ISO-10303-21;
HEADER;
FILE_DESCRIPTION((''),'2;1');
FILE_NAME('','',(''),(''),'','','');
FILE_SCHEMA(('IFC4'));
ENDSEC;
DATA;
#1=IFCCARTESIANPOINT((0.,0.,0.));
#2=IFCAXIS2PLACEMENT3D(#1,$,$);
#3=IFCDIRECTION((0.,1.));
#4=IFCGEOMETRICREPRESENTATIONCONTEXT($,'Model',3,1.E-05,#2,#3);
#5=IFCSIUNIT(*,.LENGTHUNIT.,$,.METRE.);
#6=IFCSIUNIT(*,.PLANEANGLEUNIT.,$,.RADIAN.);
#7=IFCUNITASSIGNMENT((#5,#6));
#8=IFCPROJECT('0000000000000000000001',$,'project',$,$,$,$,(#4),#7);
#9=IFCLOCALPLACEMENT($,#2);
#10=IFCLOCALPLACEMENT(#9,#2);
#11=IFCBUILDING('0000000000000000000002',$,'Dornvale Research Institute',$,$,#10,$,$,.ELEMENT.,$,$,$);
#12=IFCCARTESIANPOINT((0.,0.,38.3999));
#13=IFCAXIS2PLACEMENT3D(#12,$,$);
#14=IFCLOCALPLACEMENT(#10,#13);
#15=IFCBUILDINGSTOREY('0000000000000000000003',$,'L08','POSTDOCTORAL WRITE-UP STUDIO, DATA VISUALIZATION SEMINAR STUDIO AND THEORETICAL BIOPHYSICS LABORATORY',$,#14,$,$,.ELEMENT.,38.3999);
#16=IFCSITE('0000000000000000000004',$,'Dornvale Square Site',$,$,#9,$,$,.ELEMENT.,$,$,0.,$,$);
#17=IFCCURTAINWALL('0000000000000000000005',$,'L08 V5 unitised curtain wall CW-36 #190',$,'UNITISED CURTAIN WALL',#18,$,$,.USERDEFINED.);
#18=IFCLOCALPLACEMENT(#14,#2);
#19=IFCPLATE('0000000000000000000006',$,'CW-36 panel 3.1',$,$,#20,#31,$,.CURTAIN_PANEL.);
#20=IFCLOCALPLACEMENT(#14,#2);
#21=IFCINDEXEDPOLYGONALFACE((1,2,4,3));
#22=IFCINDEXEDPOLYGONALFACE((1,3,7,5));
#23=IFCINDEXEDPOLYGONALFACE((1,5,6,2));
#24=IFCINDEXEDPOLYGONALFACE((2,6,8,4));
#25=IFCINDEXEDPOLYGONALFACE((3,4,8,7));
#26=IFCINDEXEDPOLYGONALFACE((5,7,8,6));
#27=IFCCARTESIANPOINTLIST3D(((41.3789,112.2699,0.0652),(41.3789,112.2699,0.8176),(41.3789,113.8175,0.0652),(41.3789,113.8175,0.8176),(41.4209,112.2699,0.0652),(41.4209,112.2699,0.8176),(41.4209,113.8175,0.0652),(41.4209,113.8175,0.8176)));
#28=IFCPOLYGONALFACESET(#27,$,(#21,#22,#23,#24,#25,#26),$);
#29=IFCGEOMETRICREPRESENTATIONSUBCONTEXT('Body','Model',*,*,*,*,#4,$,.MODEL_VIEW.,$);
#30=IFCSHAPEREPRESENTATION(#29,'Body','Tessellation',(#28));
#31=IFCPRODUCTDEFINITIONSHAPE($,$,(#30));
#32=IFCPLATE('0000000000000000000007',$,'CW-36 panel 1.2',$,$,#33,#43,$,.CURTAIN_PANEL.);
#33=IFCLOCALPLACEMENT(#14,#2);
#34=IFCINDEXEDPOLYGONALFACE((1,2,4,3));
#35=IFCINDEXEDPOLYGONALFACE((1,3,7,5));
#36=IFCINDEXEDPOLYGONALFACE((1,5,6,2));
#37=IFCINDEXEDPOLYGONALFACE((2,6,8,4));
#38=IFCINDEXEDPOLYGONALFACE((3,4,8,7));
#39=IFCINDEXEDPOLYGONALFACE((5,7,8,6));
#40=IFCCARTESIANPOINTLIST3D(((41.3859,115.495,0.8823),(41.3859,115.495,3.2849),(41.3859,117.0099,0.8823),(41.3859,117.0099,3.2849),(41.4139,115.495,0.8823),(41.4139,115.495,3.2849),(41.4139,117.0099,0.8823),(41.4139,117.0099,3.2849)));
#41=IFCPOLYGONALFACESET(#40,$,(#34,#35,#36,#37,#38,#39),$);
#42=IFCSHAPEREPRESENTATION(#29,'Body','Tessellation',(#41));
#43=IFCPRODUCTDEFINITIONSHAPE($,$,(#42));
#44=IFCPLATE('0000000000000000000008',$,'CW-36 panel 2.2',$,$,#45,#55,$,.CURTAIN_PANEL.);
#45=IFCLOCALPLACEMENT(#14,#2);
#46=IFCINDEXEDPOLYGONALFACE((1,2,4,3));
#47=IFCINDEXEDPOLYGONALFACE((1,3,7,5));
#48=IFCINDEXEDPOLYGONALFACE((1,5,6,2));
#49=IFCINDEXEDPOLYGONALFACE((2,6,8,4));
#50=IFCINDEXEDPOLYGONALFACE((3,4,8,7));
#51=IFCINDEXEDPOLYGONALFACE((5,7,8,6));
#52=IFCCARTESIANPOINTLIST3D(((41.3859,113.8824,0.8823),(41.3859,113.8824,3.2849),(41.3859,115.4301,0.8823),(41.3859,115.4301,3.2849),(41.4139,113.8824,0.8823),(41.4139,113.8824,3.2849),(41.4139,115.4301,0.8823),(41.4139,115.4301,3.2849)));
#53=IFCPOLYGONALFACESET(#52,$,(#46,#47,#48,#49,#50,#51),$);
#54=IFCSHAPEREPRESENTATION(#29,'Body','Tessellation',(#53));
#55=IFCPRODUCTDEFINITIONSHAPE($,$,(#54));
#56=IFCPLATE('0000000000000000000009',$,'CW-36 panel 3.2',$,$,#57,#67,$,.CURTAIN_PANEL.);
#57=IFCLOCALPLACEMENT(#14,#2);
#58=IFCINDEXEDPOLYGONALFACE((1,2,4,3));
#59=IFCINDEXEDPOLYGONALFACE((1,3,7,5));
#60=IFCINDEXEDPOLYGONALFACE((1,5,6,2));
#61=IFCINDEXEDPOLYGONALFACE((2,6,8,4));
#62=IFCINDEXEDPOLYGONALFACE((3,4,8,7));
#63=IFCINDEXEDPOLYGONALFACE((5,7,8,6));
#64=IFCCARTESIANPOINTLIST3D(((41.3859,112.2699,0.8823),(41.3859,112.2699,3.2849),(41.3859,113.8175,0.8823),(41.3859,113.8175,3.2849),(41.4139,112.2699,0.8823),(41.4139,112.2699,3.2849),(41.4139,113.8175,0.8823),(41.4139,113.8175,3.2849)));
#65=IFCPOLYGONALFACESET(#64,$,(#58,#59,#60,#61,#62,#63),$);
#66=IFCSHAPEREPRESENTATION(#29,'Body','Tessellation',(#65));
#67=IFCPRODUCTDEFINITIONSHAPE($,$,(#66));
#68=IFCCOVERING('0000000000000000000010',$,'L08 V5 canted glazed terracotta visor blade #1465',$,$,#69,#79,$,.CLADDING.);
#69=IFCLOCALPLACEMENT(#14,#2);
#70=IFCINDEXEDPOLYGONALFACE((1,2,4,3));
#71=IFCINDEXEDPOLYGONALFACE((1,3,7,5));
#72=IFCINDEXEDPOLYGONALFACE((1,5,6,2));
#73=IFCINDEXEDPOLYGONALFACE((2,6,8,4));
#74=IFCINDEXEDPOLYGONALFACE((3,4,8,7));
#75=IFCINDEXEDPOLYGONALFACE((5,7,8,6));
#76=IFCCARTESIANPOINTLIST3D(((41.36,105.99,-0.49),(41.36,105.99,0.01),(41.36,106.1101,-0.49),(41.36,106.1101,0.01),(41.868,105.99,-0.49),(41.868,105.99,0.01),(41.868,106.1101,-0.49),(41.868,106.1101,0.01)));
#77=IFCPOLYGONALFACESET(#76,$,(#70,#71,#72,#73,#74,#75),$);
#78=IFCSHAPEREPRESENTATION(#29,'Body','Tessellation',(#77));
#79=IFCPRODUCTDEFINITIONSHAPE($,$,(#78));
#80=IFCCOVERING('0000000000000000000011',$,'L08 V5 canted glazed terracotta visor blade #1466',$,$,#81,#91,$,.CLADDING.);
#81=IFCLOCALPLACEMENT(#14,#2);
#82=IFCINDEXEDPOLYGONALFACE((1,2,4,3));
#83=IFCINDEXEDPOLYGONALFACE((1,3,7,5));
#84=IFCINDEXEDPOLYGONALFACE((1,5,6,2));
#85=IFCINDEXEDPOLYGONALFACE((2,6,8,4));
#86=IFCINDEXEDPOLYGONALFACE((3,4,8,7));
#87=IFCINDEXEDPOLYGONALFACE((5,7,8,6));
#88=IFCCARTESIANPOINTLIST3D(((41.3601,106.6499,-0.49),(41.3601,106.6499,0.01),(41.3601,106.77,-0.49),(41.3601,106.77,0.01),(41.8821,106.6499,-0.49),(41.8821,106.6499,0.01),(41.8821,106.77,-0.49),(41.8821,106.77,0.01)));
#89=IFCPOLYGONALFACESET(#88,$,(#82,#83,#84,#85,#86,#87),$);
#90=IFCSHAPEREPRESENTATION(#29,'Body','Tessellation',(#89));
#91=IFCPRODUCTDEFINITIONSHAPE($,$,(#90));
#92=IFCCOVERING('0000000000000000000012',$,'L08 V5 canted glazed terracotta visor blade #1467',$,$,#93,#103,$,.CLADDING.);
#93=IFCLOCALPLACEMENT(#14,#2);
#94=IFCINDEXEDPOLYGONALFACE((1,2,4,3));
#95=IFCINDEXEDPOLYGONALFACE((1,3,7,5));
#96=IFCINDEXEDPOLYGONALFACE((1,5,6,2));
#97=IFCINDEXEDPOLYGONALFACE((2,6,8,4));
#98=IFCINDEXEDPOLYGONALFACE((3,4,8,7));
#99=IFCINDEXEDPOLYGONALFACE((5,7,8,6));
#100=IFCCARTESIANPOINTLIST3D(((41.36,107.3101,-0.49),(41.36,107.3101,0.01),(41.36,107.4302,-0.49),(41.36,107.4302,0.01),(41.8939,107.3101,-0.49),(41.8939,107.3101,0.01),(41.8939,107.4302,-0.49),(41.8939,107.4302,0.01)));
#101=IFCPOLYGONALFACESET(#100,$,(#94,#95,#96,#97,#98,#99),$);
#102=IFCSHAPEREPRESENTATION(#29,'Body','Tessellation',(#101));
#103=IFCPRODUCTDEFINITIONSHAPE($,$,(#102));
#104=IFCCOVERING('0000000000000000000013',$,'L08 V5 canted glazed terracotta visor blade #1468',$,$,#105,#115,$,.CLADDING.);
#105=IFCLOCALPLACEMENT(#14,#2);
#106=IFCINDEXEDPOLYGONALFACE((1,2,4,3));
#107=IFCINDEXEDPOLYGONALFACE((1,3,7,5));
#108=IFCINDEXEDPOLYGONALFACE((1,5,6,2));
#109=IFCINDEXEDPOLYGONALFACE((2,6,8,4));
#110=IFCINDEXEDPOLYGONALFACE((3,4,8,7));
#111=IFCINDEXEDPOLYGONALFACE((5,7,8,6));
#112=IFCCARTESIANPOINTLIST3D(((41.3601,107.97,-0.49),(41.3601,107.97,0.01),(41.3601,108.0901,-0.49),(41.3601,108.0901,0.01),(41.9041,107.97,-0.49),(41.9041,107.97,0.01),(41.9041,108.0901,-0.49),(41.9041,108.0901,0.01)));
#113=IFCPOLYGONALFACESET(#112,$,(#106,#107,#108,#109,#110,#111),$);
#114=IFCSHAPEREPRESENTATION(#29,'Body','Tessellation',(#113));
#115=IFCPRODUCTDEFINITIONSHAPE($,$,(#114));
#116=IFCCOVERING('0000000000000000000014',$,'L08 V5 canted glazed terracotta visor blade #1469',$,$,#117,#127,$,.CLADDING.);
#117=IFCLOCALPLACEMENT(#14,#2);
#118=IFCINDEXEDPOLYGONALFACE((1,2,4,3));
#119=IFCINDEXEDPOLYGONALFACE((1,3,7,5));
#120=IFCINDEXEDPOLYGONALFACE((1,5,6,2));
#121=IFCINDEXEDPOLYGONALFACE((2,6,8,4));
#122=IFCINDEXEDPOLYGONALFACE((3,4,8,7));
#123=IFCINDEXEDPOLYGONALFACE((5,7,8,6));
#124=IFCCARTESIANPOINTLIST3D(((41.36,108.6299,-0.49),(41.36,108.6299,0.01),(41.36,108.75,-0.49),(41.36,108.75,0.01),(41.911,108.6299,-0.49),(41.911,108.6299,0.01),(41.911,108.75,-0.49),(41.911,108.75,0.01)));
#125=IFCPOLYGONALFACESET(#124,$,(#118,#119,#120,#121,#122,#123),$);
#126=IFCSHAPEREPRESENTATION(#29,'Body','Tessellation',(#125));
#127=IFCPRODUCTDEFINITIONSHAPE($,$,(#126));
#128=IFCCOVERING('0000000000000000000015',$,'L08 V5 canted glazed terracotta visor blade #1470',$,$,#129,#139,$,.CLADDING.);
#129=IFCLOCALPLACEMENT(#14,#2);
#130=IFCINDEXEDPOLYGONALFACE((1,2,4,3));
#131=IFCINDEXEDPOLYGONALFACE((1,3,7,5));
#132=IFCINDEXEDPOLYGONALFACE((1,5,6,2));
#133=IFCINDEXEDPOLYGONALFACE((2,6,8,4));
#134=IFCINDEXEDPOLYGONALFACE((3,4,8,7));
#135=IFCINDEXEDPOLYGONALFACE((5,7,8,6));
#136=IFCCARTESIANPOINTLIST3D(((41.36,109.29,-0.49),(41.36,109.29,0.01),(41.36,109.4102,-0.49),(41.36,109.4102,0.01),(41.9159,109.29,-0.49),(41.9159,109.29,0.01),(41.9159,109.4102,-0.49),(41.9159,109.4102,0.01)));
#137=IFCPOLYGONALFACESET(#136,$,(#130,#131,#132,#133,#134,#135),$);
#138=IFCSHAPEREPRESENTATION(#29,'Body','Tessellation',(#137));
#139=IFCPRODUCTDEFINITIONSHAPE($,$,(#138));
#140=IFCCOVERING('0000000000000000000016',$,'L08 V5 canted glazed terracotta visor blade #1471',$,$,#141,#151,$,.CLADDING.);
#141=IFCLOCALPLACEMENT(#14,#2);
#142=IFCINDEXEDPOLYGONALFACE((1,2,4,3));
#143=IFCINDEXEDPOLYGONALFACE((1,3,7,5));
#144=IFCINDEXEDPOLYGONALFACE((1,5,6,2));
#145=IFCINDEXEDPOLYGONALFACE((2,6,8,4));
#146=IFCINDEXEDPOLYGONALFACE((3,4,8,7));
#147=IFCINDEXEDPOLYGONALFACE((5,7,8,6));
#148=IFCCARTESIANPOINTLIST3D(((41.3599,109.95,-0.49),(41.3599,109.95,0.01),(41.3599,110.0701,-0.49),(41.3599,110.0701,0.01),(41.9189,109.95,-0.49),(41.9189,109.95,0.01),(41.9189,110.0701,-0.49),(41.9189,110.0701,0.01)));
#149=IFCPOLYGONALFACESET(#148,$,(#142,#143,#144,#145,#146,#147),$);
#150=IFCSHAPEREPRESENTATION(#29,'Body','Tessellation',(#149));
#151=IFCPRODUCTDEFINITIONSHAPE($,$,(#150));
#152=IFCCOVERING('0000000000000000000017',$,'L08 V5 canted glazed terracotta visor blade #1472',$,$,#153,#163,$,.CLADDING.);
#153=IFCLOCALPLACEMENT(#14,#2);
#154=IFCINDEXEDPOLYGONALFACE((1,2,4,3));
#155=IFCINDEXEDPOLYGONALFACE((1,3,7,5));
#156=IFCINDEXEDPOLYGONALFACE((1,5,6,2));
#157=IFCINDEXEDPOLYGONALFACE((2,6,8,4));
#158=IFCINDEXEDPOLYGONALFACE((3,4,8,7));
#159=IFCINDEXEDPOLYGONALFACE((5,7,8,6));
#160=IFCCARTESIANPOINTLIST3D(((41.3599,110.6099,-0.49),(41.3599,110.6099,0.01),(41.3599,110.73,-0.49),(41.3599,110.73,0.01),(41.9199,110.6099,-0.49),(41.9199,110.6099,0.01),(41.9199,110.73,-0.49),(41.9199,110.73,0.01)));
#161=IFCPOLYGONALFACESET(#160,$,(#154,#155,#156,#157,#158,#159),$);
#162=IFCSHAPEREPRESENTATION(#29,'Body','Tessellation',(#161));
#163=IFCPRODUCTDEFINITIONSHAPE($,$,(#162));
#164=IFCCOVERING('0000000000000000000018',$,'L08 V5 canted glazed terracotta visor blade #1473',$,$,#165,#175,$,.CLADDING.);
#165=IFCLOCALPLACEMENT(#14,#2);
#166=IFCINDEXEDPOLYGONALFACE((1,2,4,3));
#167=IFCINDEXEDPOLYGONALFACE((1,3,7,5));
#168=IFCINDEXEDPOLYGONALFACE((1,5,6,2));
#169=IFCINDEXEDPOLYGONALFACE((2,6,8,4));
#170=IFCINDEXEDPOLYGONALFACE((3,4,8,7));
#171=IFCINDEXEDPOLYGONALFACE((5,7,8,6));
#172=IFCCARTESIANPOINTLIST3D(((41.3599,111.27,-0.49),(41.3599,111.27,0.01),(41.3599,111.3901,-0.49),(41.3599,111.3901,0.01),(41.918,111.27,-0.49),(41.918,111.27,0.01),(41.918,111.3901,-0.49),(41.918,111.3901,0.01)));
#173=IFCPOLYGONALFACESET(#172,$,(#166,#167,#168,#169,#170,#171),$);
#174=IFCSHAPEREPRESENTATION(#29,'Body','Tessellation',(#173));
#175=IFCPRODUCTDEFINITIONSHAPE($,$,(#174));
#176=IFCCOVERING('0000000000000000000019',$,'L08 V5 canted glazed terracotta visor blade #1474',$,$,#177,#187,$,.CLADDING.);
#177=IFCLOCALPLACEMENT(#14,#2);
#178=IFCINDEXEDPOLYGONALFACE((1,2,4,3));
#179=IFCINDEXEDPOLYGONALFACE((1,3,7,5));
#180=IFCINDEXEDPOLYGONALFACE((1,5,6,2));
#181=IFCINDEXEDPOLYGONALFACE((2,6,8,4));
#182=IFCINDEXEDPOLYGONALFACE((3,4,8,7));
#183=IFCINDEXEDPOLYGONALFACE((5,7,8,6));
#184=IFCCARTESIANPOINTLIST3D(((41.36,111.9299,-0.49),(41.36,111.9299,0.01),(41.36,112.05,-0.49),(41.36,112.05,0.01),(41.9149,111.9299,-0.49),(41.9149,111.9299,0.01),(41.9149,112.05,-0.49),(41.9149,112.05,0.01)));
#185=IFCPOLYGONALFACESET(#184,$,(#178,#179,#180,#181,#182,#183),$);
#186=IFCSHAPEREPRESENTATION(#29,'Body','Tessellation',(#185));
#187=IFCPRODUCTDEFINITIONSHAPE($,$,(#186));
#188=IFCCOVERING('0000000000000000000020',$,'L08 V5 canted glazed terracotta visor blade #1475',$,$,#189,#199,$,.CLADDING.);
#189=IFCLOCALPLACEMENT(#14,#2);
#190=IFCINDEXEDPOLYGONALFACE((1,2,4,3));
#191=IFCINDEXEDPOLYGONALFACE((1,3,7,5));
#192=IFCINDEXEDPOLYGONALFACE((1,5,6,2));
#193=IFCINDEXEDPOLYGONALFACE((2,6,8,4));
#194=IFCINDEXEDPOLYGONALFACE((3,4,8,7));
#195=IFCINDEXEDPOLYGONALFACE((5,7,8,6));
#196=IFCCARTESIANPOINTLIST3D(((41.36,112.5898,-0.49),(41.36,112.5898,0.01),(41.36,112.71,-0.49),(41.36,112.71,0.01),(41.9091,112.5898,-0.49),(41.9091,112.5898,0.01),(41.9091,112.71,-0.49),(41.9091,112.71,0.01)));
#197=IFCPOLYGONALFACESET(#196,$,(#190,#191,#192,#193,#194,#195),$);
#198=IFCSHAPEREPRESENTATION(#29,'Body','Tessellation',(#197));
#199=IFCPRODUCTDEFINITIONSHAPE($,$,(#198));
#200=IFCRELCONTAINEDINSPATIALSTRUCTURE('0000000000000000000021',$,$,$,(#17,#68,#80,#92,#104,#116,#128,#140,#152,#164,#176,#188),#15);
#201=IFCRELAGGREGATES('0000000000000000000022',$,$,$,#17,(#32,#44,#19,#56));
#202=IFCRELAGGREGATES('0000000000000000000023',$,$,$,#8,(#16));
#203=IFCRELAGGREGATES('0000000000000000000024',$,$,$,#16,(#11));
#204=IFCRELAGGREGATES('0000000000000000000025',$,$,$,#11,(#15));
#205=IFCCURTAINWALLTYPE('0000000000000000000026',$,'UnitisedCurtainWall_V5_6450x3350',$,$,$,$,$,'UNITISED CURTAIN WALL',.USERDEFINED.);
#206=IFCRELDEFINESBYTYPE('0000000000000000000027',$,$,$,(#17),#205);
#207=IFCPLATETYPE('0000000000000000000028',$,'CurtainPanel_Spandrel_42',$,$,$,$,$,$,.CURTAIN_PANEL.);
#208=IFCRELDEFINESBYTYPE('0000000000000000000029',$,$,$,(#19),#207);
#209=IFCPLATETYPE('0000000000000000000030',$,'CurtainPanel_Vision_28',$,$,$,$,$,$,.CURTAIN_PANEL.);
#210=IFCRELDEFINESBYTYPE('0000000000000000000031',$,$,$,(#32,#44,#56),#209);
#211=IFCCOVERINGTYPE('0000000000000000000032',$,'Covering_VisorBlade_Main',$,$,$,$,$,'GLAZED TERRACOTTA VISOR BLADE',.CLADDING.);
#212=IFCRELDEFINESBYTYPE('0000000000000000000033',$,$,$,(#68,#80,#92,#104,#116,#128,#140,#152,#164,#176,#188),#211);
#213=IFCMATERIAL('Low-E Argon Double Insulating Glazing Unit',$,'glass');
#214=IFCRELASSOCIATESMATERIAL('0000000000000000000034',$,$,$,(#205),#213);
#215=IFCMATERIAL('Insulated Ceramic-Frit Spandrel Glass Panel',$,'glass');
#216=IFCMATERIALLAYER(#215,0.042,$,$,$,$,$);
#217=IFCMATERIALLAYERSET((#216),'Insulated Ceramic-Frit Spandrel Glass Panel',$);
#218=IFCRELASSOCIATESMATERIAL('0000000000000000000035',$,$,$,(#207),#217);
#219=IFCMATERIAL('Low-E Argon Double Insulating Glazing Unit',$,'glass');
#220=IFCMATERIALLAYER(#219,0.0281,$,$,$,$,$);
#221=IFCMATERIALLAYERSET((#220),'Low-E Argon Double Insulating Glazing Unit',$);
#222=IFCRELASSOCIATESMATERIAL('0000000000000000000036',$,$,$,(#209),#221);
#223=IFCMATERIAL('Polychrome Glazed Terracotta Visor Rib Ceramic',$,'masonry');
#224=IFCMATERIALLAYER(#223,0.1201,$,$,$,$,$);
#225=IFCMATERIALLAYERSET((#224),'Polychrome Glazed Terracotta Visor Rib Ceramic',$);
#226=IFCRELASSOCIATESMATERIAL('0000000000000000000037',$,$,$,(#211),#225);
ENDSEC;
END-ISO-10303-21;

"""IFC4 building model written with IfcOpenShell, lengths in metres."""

from ifc_helpers import new_model, si_unit, direction, frame, origin, origin_2d, place, context, subcontext, project, spatial, rectangle, extrude, material, layer, layer_set, type_object, element, aggregate, save


model = new_model("IFC4")

# Units and contexts
model_context = context("Model", 3, precision=1e-05, world=origin(), true_north=direction((0.0, 1.0)))
body_context = subcontext(model_context, "Body", "Model", "MODEL_VIEW")
ifc_project = project(units=[si_unit("LENGTHUNIT", "METRE"), si_unit("PLANEANGLEUNIT", "RADIAN")], contexts=[model_context])

# Site, building, storey
site_placement = place(None, origin())
site = spatial("IfcSite", under=ifc_project, at=site_placement, Name="Dornvale Square Site", CompositionType="ELEMENT", RefElevation=0.0)
building_placement = place(site_placement, origin())
building = spatial("IfcBuilding", under=site, at=building_placement, Name="Dornvale Research Institute", CompositionType="ELEMENT")
storey_placement = place(building_placement, frame((0.0, 0.0, 38.3999)))
storey = spatial("IfcBuildingStorey", under=building, at=storey_placement, Name="L08", Description="POSTDOCTORAL WRITE-UP STUDIO, DATA VISUALIZATION SEMINAR STUDIO AND THEORETICAL BIOPHYSICS LABORATORY", CompositionType="ELEMENT", Elevation=38.3999)

# Curtain wall, plates
ifc_material_1 = material(Name="Low-E Argon Double Insulating Glazing Unit", Category="glass")
curtain_wall_type = type_object("IfcCurtainWallType", Name="UnitisedCurtainWall_V5_6450x3350", ElementType="UNITISED CURTAIN WALL", PredefinedType="USERDEFINED", material=ifc_material_1)
curtain_wall_placement = place(storey_placement, origin())
curtain_wall = element("IfcCurtainWall", 1, at=curtain_wall_placement, inside=storey, type_object=curtain_wall_type, Name="L08 V5 unitised curtain wall CW-36 #190", ObjectType="UNITISED CURTAIN WALL", PredefinedType="USERDEFINED")
ifc_material_2 = material(Name="Insulated Ceramic-Frit Spandrel Glass Panel", Category="glass")
ifc_layer_1 = layer(ifc_material_2, 0.042)
ifc_layer_set_1 = layer_set([ifc_layer_1], Name="Insulated Ceramic-Frit Spandrel Glass Panel")
plate_type_1 = type_object("IfcPlateType", Name="CurtainPanel_Spandrel_42", PredefinedType="CURTAIN_PANEL", material=ifc_layer_set_1)
plate_1_placement = place(storey_placement, frame((41.3999, 113.0437, 0.0652), z_axis=(0.0, 0.0, 1.0), x_axis=(0.0, -1.0, 0.0)))
plate_1 = element("IfcPlate", 2, at=plate_1_placement, type_object=plate_type_1, Name="CW-36 panel 3.1", PredefinedType="CURTAIN_PANEL", context=body_context, shape_type="SweptSolid", body=[
    extrude(rectangle(XDim=1.5476, YDim=0.042, at=origin_2d()), origin(), (0.0, 0.0, 1.0), 0.7524),
])
ifc_material_3 = material(Name="Low-E Argon Double Insulating Glazing Unit", Category="glass")
ifc_layer_2 = layer(ifc_material_3, 0.0281)
ifc_layer_set_2 = layer_set([ifc_layer_2], Name="Low-E Argon Double Insulating Glazing Unit")
plate_type_2 = type_object("IfcPlateType", Name="CurtainPanel_Vision_28", PredefinedType="CURTAIN_PANEL", material=ifc_layer_set_2)
plate_2_placement = place(storey_placement, frame((41.3999, 116.2524, 0.8823), z_axis=(0.0, 0.0, 1.0), x_axis=(0.0, -1.0, 0.0)))
plate_2 = element("IfcPlate", 3, at=plate_2_placement, type_object=plate_type_2, Name="CW-36 panel 1.2", PredefinedType="CURTAIN_PANEL", context=body_context, shape_type="SweptSolid", body=[
    extrude(rectangle(XDim=1.5149, YDim=0.0281, at=origin_2d()), origin(), (0.0, 0.0, 1.0), 2.4026),
])
plate_3_placement = place(storey_placement, frame((41.3999, 114.6562, 0.8823), z_axis=(0.0, 0.0, 1.0), x_axis=(0.0, -1.0, 0.0)))
plate_3 = element("IfcPlate", 4, at=plate_3_placement, type_object=plate_type_2, Name="CW-36 panel 2.2", PredefinedType="CURTAIN_PANEL", context=body_context, shape_type="SweptSolid", body=[
    extrude(rectangle(XDim=1.5476, YDim=0.0281, at=origin_2d()), origin(), (0.0, 0.0, 1.0), 2.4026),
])
plate_4_placement = place(storey_placement, frame((41.3999, 113.0437, 0.8823), z_axis=(0.0, 0.0, 1.0), x_axis=(0.0, -1.0, 0.0)))
plate_4 = element("IfcPlate", 5, at=plate_4_placement, type_object=plate_type_2, Name="CW-36 panel 3.2", PredefinedType="CURTAIN_PANEL", context=body_context, shape_type="SweptSolid", body=[
    extrude(rectangle(XDim=1.5476, YDim=0.0281, at=origin_2d()), origin(), (0.0, 0.0, 1.0), 2.4026),
])
aggregate(curtain_wall, [plate_2, plate_3, plate_1, plate_4])

# Coverings
ifc_material_4 = material(Name="Polychrome Glazed Terracotta Visor Rib Ceramic", Category="masonry")
ifc_layer_3 = layer(ifc_material_4, 0.1201)
ifc_layer_set_3 = layer_set([ifc_layer_3], Name="Polychrome Glazed Terracotta Visor Rib Ceramic")
covering_type = type_object("IfcCoveringType", Name="Covering_VisorBlade_Main", ElementType="GLAZED TERRACOTTA VISOR BLADE", PredefinedType="CLADDING", material=ifc_layer_set_3)
covering_1_placement = place(storey_placement, frame((41.614, 106.05, -0.49), z_axis=(0.0, 0.0, 1.0), x_axis=(1.0, 0.0, 0.0)))
element("IfcCovering", 6, at=covering_1_placement, inside=storey, type_object=covering_type, Name="L08 V5 canted glazed terracotta visor blade #1465", PredefinedType="CLADDING", context=body_context, shape_type="SweptSolid", body=[
    extrude(rectangle(XDim=0.5081, YDim=0.1201, at=origin_2d()), origin(), (0.0, 0.0, 1.0), 0.5),
])
covering_2_placement = place(storey_placement, frame((41.6211, 106.71, -0.49), z_axis=(0.0, 0.0, 1.0), x_axis=(1.0, 0.0, 0.0)))
element("IfcCovering", 7, at=covering_2_placement, inside=storey, type_object=covering_type, Name="L08 V5 canted glazed terracotta visor blade #1466", PredefinedType="CLADDING", context=body_context, shape_type="SweptSolid", body=[
    extrude(rectangle(XDim=0.522, YDim=0.1201, at=origin_2d()), origin(), (0.0, 0.0, 1.0), 0.5),
])
covering_3_placement = place(storey_placement, frame((41.627, 107.3701, -0.49), z_axis=(0.0, 0.0, 1.0), x_axis=(1.0, 0.0, 0.0)))
element("IfcCovering", 8, at=covering_3_placement, inside=storey, type_object=covering_type, Name="L08 V5 canted glazed terracotta visor blade #1467", PredefinedType="CLADDING", context=body_context, shape_type="SweptSolid", body=[
    extrude(rectangle(XDim=0.5339, YDim=0.1201, at=origin_2d()), origin(), (0.0, 0.0, 1.0), 0.5),
])
covering_4_placement = place(storey_placement, frame((41.6321, 108.03, -0.49), z_axis=(0.0, 0.0, 1.0), x_axis=(1.0, 0.0, 0.0)))
element("IfcCovering", 9, at=covering_4_placement, inside=storey, type_object=covering_type, Name="L08 V5 canted glazed terracotta visor blade #1468", PredefinedType="CLADDING", context=body_context, shape_type="SweptSolid", body=[
    extrude(rectangle(XDim=0.5439, YDim=0.1201, at=origin_2d()), origin(), (0.0, 0.0, 1.0), 0.5),
])
covering_5_placement = place(storey_placement, frame((41.6355, 108.6899, -0.49), z_axis=(0.0, 0.0, 1.0), x_axis=(1.0, 0.0, 0.0)))
element("IfcCovering", 10, at=covering_5_placement, inside=storey, type_object=covering_type, Name="L08 V5 canted glazed terracotta visor blade #1469", PredefinedType="CLADDING", context=body_context, shape_type="SweptSolid", body=[
    extrude(rectangle(XDim=0.551, YDim=0.1201, at=origin_2d()), origin(), (0.0, 0.0, 1.0), 0.5),
])
covering_6_placement = place(storey_placement, frame((41.6379, 109.3501, -0.49), z_axis=(0.0, 0.0, 1.0), x_axis=(1.0, 0.0, 0.0)))
element("IfcCovering", 11, at=covering_6_placement, inside=storey, type_object=covering_type, Name="L08 V5 canted glazed terracotta visor blade #1470", PredefinedType="CLADDING", context=body_context, shape_type="SweptSolid", body=[
    extrude(rectangle(XDim=0.5559, YDim=0.1201, at=origin_2d()), origin(), (0.0, 0.0, 1.0), 0.5),
])
covering_7_placement = place(storey_placement, frame((41.6394, 110.01, -0.49), z_axis=(0.0, 0.0, 1.0), x_axis=(1.0, 0.0, 0.0)))
element("IfcCovering", 12, at=covering_7_placement, inside=storey, type_object=covering_type, Name="L08 V5 canted glazed terracotta visor blade #1471", PredefinedType="CLADDING", context=body_context, shape_type="SweptSolid", body=[
    extrude(rectangle(XDim=0.5591, YDim=0.1201, at=origin_2d()), origin(), (0.0, 0.0, 1.0), 0.5),
])
covering_8_placement = place(storey_placement, frame((41.6399, 110.6699, -0.49), z_axis=(0.0, 0.0, 1.0), x_axis=(1.0, 0.0, 0.0)))
element("IfcCovering", 13, at=covering_8_placement, inside=storey, type_object=covering_type, Name="L08 V5 canted glazed terracotta visor blade #1472", PredefinedType="CLADDING", context=body_context, shape_type="SweptSolid", body=[
    extrude(rectangle(XDim=0.5601, YDim=0.1201, at=origin_2d()), origin(), (0.0, 0.0, 1.0), 0.5),
])
covering_9_placement = place(storey_placement, frame((41.6389, 111.3301, -0.49), z_axis=(0.0, 0.0, 1.0), x_axis=(1.0, 0.0, 0.0)))
element("IfcCovering", 14, at=covering_9_placement, inside=storey, type_object=covering_type, Name="L08 V5 canted glazed terracotta visor blade #1473", PredefinedType="CLADDING", context=body_context, shape_type="SweptSolid", body=[
    extrude(rectangle(XDim=0.5581, YDim=0.1201, at=origin_2d()), origin(), (0.0, 0.0, 1.0), 0.5),
])
covering_10_placement = place(storey_placement, frame((41.6375, 111.99, -0.49), z_axis=(0.0, 0.0, 1.0), x_axis=(1.0, 0.0, 0.0)))
element("IfcCovering", 15, at=covering_10_placement, inside=storey, type_object=covering_type, Name="L08 V5 canted glazed terracotta visor blade #1474", PredefinedType="CLADDING", context=body_context, shape_type="SweptSolid", body=[
    extrude(rectangle(XDim=0.5549, YDim=0.1201, at=origin_2d()), origin(), (0.0, 0.0, 1.0), 0.5),
])
covering_11_placement = place(storey_placement, frame((41.6345, 112.6499, -0.49), z_axis=(0.0, 0.0, 1.0), x_axis=(1.0, 0.0, 0.0)))
element("IfcCovering", 16, at=covering_11_placement, inside=storey, type_object=covering_type, Name="L08 V5 canted glazed terracotta visor blade #1475", PredefinedType="CLADDING", context=body_context, shape_type="SweptSolid", body=[
    extrude(rectangle(XDim=0.5491, YDim=0.1201, at=origin_2d()), origin(), (0.0, 0.0, 1.0), 0.5),
])

save(model, "model.ifc")
